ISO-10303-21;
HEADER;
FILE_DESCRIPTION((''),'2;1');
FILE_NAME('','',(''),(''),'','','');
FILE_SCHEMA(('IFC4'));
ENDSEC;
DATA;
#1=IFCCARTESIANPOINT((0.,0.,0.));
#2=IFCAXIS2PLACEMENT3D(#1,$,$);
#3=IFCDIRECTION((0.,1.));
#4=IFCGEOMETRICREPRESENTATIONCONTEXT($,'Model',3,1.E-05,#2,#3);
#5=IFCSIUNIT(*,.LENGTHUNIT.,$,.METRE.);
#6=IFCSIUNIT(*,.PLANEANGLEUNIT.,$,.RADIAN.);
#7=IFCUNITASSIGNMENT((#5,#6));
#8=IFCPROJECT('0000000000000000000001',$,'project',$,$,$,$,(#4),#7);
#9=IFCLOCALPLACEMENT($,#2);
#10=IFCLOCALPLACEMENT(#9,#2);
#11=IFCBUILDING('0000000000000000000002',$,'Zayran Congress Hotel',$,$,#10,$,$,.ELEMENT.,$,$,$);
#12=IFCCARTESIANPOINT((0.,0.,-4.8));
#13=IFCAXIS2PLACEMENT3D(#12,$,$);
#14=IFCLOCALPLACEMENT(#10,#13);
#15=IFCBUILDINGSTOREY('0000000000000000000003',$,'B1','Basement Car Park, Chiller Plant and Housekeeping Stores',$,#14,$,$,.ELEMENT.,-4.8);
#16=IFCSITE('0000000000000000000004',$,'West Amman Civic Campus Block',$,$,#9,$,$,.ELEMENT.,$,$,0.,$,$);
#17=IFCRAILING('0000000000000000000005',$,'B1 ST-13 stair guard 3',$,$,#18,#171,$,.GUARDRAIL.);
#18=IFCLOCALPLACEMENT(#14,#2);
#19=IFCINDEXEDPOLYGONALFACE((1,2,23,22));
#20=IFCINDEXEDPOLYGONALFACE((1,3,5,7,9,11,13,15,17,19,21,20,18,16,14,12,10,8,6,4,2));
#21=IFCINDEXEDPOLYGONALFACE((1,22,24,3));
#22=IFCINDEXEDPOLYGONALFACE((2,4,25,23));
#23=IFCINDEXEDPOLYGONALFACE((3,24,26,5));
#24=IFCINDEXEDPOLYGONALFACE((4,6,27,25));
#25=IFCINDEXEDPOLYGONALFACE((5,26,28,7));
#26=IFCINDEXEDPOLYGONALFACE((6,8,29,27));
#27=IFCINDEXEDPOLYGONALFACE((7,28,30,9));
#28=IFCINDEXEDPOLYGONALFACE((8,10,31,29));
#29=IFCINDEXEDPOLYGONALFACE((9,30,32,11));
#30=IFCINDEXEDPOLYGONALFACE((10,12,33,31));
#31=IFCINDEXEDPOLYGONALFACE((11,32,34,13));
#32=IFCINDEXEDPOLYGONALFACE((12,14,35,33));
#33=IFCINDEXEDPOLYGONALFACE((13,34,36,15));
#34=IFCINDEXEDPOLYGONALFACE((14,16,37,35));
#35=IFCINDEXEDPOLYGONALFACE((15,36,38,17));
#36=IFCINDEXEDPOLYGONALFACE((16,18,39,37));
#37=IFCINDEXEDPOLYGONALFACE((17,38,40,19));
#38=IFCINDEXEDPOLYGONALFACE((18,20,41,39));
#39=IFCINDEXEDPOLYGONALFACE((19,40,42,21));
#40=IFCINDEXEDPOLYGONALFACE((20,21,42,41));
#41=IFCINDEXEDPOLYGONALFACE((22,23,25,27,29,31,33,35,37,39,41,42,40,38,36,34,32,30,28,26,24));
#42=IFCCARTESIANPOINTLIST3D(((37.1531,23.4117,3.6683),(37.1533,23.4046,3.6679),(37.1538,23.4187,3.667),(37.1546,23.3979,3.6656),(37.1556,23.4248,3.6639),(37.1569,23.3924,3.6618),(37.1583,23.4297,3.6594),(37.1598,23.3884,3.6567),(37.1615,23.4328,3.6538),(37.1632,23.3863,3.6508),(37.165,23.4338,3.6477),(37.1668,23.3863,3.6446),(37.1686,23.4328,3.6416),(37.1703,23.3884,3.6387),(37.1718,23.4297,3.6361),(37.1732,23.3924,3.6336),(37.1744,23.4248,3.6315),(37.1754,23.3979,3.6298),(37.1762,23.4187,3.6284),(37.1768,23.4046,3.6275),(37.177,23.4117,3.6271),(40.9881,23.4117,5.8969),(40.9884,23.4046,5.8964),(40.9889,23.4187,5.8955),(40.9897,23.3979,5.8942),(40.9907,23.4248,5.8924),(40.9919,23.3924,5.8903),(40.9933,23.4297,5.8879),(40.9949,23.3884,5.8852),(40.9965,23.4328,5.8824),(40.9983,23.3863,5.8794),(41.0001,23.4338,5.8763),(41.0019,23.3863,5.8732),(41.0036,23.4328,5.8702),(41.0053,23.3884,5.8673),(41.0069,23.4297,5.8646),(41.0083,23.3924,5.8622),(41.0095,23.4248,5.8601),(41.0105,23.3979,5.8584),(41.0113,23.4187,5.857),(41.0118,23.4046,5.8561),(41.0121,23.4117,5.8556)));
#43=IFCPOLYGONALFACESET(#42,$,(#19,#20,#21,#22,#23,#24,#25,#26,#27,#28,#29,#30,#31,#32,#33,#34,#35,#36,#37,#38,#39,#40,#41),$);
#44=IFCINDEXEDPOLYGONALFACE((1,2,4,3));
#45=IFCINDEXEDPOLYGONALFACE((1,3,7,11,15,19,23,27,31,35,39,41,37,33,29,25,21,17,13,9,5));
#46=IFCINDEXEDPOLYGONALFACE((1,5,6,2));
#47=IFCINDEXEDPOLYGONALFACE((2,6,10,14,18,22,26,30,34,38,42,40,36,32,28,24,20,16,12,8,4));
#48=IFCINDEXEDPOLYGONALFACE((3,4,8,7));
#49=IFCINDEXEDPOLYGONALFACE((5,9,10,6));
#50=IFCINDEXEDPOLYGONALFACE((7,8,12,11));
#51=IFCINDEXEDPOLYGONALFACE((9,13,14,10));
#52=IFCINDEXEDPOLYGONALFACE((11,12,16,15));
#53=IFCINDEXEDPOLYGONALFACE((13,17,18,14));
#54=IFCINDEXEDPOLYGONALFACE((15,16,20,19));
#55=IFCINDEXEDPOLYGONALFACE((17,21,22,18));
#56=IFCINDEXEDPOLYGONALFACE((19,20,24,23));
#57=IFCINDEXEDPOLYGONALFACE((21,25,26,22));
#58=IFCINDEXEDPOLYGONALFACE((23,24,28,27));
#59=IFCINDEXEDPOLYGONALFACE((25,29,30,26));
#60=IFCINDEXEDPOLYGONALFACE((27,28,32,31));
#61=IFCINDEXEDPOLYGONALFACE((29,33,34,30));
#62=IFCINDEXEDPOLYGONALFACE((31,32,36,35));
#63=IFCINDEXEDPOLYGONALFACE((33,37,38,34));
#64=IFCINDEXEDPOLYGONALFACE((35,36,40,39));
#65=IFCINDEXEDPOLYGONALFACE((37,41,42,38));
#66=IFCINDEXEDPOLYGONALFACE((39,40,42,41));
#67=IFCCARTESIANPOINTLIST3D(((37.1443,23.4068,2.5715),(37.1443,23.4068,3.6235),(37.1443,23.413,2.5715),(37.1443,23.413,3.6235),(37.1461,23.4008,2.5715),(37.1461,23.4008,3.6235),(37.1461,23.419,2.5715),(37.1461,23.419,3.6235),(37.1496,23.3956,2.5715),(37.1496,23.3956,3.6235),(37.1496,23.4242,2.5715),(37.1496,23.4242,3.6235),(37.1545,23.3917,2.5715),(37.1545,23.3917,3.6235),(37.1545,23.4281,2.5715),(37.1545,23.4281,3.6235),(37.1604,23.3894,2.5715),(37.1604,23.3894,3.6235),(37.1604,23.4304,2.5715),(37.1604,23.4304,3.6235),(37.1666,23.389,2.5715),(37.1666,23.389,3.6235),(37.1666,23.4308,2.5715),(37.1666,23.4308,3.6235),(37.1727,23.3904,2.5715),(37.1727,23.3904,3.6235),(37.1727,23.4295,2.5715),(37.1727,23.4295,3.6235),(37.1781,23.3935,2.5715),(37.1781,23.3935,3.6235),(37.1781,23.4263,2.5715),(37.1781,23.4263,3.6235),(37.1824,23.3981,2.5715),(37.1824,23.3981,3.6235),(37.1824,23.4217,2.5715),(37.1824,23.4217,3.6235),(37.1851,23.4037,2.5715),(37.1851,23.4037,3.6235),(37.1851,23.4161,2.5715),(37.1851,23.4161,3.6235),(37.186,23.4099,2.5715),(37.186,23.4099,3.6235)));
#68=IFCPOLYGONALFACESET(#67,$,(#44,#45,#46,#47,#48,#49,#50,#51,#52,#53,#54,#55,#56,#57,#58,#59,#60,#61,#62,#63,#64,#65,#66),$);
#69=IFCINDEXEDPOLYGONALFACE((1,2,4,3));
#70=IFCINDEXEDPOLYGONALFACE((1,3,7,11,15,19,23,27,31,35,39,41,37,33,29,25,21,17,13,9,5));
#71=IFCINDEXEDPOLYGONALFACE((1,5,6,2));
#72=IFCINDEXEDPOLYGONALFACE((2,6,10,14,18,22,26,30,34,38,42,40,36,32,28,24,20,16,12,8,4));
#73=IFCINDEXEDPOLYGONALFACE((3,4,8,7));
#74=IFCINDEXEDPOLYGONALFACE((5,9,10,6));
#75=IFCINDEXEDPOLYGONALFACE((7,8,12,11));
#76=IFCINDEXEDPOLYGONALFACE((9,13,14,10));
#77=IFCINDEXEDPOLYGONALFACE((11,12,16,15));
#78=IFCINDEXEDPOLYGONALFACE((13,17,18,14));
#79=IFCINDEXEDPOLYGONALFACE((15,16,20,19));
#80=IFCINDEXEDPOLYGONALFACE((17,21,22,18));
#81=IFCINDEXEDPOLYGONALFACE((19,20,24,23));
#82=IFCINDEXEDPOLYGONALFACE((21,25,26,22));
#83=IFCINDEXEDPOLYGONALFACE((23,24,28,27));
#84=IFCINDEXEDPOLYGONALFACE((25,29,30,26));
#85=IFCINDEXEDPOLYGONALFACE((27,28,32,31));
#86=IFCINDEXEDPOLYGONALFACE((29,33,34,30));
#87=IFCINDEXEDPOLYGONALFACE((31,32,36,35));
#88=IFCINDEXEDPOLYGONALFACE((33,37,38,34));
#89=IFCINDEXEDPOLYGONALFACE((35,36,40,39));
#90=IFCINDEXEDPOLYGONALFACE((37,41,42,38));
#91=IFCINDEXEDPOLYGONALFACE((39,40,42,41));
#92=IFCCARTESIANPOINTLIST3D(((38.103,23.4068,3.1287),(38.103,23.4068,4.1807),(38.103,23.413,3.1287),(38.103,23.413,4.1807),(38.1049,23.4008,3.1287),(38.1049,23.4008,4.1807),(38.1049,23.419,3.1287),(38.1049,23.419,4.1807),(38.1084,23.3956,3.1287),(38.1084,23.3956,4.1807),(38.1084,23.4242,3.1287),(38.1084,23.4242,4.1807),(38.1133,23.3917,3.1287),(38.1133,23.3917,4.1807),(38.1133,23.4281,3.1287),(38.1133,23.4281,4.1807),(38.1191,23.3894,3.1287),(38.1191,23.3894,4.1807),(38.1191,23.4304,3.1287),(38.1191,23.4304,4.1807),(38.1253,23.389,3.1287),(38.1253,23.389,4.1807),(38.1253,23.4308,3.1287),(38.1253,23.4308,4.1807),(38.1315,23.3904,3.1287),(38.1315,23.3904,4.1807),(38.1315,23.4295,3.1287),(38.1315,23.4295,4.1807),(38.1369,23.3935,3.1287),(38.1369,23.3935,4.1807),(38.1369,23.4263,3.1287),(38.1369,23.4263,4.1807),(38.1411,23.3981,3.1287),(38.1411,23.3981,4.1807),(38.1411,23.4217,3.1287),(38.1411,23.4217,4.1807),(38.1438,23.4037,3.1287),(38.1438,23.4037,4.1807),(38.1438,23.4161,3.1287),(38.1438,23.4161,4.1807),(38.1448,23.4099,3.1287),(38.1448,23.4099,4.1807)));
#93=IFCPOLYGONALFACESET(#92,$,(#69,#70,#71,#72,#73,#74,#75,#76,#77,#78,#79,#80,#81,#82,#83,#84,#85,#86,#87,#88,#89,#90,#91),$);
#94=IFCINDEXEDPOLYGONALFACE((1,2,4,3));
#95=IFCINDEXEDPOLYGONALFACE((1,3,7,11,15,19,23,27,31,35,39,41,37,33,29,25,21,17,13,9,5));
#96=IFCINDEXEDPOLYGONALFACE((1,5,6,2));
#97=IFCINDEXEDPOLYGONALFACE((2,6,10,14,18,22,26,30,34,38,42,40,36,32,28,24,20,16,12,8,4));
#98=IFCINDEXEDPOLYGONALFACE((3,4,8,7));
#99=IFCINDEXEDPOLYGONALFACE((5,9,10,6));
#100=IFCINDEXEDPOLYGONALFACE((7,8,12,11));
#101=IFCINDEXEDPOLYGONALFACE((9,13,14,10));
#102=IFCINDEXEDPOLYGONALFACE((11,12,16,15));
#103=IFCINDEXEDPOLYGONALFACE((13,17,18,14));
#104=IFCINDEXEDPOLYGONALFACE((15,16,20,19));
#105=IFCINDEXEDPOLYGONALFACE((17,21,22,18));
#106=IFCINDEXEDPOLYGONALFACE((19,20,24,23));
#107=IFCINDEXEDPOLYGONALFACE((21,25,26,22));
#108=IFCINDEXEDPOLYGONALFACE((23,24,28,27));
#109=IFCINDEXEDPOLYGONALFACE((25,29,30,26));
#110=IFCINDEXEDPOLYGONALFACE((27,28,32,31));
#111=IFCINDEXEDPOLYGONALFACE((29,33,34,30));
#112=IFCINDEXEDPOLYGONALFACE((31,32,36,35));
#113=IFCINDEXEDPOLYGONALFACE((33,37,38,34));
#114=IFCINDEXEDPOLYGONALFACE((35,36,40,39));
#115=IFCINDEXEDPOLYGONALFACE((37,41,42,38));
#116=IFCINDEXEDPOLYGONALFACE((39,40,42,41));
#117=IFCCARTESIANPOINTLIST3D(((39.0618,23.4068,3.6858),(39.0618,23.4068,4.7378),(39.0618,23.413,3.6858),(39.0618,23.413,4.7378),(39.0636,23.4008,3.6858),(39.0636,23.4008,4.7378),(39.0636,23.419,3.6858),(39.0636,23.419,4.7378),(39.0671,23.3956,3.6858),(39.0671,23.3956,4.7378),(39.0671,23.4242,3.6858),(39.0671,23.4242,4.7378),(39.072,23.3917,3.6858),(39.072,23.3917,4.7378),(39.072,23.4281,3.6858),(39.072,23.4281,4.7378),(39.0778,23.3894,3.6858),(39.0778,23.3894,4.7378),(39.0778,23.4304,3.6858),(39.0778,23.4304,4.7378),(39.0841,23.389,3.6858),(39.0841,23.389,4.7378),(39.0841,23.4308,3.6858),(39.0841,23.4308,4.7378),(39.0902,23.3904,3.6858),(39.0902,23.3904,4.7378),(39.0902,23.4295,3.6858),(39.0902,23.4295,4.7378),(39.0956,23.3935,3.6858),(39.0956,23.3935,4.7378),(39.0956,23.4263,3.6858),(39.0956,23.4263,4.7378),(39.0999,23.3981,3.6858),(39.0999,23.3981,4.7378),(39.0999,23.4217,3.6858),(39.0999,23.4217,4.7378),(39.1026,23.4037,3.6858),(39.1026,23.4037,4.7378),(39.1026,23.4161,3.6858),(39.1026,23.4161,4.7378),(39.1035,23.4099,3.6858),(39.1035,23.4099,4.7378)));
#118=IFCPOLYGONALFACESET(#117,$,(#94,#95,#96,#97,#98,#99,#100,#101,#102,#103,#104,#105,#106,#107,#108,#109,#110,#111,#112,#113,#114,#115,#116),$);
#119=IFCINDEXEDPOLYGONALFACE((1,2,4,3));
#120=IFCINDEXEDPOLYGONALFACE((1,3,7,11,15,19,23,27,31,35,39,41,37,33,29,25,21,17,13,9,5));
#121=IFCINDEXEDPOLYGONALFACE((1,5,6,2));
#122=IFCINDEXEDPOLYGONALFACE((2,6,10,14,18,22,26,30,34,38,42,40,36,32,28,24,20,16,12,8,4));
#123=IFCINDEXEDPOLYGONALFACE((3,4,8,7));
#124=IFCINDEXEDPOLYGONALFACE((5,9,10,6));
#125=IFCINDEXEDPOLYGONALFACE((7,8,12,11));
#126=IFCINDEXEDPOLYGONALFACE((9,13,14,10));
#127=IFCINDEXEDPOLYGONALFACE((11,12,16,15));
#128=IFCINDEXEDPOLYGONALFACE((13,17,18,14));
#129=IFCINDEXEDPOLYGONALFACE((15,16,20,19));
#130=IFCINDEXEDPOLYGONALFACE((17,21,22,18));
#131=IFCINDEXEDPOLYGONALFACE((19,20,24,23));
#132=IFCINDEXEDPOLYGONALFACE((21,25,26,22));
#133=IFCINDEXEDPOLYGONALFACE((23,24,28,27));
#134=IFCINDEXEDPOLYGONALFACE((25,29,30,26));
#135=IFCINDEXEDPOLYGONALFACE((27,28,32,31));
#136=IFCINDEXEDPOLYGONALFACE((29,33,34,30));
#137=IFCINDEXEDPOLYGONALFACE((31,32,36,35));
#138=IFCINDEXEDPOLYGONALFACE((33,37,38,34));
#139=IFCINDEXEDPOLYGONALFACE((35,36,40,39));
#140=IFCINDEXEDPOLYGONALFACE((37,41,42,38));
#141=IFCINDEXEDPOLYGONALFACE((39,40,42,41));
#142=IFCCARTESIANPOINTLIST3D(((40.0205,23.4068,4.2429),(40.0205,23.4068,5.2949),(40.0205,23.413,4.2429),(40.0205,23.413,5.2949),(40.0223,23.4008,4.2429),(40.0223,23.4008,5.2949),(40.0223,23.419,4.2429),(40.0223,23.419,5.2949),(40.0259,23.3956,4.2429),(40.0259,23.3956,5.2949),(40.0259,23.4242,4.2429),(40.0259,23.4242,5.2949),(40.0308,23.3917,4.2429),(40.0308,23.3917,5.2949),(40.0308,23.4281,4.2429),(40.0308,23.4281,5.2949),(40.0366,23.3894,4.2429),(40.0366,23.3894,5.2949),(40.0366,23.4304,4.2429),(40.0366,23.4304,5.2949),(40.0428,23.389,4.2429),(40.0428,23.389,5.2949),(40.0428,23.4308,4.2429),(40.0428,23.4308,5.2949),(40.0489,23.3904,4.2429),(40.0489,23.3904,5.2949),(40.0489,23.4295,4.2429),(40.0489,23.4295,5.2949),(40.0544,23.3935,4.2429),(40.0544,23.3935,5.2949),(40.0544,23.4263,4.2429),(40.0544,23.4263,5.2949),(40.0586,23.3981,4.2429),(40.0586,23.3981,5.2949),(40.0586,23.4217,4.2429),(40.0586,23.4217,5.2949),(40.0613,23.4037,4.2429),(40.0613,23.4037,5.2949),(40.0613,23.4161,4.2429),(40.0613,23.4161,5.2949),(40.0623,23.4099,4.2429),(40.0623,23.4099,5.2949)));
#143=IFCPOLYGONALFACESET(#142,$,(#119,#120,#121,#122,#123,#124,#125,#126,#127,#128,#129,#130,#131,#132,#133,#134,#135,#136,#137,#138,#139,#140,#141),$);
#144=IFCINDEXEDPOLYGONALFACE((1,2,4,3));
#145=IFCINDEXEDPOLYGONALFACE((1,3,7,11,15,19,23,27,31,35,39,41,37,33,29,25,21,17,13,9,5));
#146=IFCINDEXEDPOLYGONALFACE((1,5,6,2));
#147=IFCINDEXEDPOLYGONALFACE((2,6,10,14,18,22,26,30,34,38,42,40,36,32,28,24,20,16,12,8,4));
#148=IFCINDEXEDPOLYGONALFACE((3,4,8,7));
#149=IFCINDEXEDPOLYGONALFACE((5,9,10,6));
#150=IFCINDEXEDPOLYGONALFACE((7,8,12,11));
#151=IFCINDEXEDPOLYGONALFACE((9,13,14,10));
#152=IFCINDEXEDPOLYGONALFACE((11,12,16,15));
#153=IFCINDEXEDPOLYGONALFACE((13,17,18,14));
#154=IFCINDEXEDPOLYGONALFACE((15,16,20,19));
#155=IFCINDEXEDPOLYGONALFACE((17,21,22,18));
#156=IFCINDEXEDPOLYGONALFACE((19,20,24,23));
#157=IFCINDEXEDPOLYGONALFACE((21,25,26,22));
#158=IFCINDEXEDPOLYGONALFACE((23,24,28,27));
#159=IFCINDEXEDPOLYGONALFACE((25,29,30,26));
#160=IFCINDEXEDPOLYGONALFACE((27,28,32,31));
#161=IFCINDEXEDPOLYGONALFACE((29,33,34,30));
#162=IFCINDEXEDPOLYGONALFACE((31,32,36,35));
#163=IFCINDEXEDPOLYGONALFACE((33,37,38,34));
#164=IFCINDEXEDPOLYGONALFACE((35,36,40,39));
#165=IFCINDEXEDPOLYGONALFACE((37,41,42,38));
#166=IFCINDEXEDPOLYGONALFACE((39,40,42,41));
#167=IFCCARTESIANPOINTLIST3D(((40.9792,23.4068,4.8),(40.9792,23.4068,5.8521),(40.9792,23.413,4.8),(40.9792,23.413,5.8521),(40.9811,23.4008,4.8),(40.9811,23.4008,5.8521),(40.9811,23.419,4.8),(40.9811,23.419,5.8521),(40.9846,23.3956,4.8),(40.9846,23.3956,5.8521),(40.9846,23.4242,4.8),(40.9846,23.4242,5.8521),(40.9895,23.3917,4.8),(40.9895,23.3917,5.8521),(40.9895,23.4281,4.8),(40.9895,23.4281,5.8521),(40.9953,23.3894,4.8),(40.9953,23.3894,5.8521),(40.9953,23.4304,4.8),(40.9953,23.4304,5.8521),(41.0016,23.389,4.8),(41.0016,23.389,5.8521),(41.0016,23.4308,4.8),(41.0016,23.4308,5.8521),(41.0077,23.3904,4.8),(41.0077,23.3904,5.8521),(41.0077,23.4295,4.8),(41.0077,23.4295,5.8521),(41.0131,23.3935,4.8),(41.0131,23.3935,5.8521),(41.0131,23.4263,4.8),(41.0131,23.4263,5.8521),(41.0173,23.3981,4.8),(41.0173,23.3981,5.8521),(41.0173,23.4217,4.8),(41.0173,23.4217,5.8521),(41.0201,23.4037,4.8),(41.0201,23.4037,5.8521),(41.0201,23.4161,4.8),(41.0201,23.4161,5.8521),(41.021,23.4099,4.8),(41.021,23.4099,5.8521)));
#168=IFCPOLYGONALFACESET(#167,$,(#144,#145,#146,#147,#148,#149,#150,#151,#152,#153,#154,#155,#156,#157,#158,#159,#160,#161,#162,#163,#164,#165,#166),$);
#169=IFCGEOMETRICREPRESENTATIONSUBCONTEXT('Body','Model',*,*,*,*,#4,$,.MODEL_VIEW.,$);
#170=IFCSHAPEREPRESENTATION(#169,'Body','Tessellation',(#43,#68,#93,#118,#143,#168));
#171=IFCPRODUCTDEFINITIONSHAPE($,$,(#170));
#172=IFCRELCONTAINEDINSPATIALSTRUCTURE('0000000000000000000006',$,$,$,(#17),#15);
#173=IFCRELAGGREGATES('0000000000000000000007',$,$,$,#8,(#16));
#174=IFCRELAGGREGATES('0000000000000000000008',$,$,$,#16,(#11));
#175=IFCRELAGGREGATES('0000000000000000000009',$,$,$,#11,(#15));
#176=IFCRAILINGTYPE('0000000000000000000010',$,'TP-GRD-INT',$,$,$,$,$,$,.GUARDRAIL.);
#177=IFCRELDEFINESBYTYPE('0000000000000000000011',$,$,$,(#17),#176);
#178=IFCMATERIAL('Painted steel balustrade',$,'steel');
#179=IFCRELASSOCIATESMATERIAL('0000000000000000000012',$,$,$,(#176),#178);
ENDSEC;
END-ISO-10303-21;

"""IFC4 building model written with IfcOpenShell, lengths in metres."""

from ifc_helpers import new_model, si_unit, direction, frame, origin, origin_2d, place, context, subcontext, project, spatial, circle, extrude, material, type_object, element, save


model = new_model("IFC4")

# Units and contexts
model_context = context("Model", 3, precision=1e-05, world=origin(), true_north=direction((0.0, 1.0)))
body_context = subcontext(model_context, "Body", "Model", "MODEL_VIEW")
ifc_project = project(units=[si_unit("LENGTHUNIT", "METRE"), si_unit("PLANEANGLEUNIT", "RADIAN")], contexts=[model_context])

# Site, building, storey
site_placement = place(None, origin())
site = spatial("IfcSite", under=ifc_project, at=site_placement, Name="West Amman Civic Campus Block", CompositionType="ELEMENT", RefElevation=0.0)
building_placement = place(site_placement, origin())
building = spatial("IfcBuilding", under=site, at=building_placement, Name="Zayran Congress Hotel", CompositionType="ELEMENT")
storey_placement = place(building_placement, frame((0.0, 0.0, -4.8)))
storey = spatial("IfcBuildingStorey", under=building, at=storey_placement, Name="B1", Description="Basement Car Park, Chiller Plant and Housekeeping Stores", CompositionType="ELEMENT", Elevation=-4.8)

# Railing
ifc_material_1 = material(Name="Painted steel balustrade", Category="steel")
railing_type_1 = type_object("IfcRailingType", Name="TP-GRD-INT", PredefinedType="GUARDRAIL", material=ifc_material_1)
railing_1_placement = place(storey_placement, frame((37.165, 23.4099, 2.5715)))
element("IfcRailing", 1, at=railing_1_placement, inside=storey, type_object=railing_type_1, Name="B1 ST-13 stair guard 3", PredefinedType="GUARDRAIL", context=body_context, shape_type="SweptSolid", body=[
    extrude(circle(Radius=0.0239, at=origin_2d()), frame((0.0, 0.0, 1.0762), z_axis=(0.864616, 0.0, 0.502433), x_axis=(0.0, 1.0, 0.0)), (0.0, 0.0, 1.0), 4.4355),
    extrude(circle(Radius=0.021, at=origin_2d()), origin(), (0.0, 0.0, 1.0), 1.052),
    extrude(circle(Radius=0.021, at=origin_2d()), frame((0.9587, 0.0, 0.5571)), (0.0, 0.0, 1.0), 1.052),
    extrude(circle(Radius=0.021, at=origin_2d()), frame((1.9175, 0.0, 1.1143)), (0.0, 0.0, 1.0), 1.052),
    extrude(circle(Radius=0.021, at=origin_2d()), frame((2.8762, 0.0, 1.6714)), (0.0, 0.0, 1.0), 1.052),
    extrude(circle(Radius=0.021, at=origin_2d()), frame((3.835, 0.0, 2.2285)), (0.0, 0.0, 1.0), 1.052),
])

save(model, "model.ifc")
